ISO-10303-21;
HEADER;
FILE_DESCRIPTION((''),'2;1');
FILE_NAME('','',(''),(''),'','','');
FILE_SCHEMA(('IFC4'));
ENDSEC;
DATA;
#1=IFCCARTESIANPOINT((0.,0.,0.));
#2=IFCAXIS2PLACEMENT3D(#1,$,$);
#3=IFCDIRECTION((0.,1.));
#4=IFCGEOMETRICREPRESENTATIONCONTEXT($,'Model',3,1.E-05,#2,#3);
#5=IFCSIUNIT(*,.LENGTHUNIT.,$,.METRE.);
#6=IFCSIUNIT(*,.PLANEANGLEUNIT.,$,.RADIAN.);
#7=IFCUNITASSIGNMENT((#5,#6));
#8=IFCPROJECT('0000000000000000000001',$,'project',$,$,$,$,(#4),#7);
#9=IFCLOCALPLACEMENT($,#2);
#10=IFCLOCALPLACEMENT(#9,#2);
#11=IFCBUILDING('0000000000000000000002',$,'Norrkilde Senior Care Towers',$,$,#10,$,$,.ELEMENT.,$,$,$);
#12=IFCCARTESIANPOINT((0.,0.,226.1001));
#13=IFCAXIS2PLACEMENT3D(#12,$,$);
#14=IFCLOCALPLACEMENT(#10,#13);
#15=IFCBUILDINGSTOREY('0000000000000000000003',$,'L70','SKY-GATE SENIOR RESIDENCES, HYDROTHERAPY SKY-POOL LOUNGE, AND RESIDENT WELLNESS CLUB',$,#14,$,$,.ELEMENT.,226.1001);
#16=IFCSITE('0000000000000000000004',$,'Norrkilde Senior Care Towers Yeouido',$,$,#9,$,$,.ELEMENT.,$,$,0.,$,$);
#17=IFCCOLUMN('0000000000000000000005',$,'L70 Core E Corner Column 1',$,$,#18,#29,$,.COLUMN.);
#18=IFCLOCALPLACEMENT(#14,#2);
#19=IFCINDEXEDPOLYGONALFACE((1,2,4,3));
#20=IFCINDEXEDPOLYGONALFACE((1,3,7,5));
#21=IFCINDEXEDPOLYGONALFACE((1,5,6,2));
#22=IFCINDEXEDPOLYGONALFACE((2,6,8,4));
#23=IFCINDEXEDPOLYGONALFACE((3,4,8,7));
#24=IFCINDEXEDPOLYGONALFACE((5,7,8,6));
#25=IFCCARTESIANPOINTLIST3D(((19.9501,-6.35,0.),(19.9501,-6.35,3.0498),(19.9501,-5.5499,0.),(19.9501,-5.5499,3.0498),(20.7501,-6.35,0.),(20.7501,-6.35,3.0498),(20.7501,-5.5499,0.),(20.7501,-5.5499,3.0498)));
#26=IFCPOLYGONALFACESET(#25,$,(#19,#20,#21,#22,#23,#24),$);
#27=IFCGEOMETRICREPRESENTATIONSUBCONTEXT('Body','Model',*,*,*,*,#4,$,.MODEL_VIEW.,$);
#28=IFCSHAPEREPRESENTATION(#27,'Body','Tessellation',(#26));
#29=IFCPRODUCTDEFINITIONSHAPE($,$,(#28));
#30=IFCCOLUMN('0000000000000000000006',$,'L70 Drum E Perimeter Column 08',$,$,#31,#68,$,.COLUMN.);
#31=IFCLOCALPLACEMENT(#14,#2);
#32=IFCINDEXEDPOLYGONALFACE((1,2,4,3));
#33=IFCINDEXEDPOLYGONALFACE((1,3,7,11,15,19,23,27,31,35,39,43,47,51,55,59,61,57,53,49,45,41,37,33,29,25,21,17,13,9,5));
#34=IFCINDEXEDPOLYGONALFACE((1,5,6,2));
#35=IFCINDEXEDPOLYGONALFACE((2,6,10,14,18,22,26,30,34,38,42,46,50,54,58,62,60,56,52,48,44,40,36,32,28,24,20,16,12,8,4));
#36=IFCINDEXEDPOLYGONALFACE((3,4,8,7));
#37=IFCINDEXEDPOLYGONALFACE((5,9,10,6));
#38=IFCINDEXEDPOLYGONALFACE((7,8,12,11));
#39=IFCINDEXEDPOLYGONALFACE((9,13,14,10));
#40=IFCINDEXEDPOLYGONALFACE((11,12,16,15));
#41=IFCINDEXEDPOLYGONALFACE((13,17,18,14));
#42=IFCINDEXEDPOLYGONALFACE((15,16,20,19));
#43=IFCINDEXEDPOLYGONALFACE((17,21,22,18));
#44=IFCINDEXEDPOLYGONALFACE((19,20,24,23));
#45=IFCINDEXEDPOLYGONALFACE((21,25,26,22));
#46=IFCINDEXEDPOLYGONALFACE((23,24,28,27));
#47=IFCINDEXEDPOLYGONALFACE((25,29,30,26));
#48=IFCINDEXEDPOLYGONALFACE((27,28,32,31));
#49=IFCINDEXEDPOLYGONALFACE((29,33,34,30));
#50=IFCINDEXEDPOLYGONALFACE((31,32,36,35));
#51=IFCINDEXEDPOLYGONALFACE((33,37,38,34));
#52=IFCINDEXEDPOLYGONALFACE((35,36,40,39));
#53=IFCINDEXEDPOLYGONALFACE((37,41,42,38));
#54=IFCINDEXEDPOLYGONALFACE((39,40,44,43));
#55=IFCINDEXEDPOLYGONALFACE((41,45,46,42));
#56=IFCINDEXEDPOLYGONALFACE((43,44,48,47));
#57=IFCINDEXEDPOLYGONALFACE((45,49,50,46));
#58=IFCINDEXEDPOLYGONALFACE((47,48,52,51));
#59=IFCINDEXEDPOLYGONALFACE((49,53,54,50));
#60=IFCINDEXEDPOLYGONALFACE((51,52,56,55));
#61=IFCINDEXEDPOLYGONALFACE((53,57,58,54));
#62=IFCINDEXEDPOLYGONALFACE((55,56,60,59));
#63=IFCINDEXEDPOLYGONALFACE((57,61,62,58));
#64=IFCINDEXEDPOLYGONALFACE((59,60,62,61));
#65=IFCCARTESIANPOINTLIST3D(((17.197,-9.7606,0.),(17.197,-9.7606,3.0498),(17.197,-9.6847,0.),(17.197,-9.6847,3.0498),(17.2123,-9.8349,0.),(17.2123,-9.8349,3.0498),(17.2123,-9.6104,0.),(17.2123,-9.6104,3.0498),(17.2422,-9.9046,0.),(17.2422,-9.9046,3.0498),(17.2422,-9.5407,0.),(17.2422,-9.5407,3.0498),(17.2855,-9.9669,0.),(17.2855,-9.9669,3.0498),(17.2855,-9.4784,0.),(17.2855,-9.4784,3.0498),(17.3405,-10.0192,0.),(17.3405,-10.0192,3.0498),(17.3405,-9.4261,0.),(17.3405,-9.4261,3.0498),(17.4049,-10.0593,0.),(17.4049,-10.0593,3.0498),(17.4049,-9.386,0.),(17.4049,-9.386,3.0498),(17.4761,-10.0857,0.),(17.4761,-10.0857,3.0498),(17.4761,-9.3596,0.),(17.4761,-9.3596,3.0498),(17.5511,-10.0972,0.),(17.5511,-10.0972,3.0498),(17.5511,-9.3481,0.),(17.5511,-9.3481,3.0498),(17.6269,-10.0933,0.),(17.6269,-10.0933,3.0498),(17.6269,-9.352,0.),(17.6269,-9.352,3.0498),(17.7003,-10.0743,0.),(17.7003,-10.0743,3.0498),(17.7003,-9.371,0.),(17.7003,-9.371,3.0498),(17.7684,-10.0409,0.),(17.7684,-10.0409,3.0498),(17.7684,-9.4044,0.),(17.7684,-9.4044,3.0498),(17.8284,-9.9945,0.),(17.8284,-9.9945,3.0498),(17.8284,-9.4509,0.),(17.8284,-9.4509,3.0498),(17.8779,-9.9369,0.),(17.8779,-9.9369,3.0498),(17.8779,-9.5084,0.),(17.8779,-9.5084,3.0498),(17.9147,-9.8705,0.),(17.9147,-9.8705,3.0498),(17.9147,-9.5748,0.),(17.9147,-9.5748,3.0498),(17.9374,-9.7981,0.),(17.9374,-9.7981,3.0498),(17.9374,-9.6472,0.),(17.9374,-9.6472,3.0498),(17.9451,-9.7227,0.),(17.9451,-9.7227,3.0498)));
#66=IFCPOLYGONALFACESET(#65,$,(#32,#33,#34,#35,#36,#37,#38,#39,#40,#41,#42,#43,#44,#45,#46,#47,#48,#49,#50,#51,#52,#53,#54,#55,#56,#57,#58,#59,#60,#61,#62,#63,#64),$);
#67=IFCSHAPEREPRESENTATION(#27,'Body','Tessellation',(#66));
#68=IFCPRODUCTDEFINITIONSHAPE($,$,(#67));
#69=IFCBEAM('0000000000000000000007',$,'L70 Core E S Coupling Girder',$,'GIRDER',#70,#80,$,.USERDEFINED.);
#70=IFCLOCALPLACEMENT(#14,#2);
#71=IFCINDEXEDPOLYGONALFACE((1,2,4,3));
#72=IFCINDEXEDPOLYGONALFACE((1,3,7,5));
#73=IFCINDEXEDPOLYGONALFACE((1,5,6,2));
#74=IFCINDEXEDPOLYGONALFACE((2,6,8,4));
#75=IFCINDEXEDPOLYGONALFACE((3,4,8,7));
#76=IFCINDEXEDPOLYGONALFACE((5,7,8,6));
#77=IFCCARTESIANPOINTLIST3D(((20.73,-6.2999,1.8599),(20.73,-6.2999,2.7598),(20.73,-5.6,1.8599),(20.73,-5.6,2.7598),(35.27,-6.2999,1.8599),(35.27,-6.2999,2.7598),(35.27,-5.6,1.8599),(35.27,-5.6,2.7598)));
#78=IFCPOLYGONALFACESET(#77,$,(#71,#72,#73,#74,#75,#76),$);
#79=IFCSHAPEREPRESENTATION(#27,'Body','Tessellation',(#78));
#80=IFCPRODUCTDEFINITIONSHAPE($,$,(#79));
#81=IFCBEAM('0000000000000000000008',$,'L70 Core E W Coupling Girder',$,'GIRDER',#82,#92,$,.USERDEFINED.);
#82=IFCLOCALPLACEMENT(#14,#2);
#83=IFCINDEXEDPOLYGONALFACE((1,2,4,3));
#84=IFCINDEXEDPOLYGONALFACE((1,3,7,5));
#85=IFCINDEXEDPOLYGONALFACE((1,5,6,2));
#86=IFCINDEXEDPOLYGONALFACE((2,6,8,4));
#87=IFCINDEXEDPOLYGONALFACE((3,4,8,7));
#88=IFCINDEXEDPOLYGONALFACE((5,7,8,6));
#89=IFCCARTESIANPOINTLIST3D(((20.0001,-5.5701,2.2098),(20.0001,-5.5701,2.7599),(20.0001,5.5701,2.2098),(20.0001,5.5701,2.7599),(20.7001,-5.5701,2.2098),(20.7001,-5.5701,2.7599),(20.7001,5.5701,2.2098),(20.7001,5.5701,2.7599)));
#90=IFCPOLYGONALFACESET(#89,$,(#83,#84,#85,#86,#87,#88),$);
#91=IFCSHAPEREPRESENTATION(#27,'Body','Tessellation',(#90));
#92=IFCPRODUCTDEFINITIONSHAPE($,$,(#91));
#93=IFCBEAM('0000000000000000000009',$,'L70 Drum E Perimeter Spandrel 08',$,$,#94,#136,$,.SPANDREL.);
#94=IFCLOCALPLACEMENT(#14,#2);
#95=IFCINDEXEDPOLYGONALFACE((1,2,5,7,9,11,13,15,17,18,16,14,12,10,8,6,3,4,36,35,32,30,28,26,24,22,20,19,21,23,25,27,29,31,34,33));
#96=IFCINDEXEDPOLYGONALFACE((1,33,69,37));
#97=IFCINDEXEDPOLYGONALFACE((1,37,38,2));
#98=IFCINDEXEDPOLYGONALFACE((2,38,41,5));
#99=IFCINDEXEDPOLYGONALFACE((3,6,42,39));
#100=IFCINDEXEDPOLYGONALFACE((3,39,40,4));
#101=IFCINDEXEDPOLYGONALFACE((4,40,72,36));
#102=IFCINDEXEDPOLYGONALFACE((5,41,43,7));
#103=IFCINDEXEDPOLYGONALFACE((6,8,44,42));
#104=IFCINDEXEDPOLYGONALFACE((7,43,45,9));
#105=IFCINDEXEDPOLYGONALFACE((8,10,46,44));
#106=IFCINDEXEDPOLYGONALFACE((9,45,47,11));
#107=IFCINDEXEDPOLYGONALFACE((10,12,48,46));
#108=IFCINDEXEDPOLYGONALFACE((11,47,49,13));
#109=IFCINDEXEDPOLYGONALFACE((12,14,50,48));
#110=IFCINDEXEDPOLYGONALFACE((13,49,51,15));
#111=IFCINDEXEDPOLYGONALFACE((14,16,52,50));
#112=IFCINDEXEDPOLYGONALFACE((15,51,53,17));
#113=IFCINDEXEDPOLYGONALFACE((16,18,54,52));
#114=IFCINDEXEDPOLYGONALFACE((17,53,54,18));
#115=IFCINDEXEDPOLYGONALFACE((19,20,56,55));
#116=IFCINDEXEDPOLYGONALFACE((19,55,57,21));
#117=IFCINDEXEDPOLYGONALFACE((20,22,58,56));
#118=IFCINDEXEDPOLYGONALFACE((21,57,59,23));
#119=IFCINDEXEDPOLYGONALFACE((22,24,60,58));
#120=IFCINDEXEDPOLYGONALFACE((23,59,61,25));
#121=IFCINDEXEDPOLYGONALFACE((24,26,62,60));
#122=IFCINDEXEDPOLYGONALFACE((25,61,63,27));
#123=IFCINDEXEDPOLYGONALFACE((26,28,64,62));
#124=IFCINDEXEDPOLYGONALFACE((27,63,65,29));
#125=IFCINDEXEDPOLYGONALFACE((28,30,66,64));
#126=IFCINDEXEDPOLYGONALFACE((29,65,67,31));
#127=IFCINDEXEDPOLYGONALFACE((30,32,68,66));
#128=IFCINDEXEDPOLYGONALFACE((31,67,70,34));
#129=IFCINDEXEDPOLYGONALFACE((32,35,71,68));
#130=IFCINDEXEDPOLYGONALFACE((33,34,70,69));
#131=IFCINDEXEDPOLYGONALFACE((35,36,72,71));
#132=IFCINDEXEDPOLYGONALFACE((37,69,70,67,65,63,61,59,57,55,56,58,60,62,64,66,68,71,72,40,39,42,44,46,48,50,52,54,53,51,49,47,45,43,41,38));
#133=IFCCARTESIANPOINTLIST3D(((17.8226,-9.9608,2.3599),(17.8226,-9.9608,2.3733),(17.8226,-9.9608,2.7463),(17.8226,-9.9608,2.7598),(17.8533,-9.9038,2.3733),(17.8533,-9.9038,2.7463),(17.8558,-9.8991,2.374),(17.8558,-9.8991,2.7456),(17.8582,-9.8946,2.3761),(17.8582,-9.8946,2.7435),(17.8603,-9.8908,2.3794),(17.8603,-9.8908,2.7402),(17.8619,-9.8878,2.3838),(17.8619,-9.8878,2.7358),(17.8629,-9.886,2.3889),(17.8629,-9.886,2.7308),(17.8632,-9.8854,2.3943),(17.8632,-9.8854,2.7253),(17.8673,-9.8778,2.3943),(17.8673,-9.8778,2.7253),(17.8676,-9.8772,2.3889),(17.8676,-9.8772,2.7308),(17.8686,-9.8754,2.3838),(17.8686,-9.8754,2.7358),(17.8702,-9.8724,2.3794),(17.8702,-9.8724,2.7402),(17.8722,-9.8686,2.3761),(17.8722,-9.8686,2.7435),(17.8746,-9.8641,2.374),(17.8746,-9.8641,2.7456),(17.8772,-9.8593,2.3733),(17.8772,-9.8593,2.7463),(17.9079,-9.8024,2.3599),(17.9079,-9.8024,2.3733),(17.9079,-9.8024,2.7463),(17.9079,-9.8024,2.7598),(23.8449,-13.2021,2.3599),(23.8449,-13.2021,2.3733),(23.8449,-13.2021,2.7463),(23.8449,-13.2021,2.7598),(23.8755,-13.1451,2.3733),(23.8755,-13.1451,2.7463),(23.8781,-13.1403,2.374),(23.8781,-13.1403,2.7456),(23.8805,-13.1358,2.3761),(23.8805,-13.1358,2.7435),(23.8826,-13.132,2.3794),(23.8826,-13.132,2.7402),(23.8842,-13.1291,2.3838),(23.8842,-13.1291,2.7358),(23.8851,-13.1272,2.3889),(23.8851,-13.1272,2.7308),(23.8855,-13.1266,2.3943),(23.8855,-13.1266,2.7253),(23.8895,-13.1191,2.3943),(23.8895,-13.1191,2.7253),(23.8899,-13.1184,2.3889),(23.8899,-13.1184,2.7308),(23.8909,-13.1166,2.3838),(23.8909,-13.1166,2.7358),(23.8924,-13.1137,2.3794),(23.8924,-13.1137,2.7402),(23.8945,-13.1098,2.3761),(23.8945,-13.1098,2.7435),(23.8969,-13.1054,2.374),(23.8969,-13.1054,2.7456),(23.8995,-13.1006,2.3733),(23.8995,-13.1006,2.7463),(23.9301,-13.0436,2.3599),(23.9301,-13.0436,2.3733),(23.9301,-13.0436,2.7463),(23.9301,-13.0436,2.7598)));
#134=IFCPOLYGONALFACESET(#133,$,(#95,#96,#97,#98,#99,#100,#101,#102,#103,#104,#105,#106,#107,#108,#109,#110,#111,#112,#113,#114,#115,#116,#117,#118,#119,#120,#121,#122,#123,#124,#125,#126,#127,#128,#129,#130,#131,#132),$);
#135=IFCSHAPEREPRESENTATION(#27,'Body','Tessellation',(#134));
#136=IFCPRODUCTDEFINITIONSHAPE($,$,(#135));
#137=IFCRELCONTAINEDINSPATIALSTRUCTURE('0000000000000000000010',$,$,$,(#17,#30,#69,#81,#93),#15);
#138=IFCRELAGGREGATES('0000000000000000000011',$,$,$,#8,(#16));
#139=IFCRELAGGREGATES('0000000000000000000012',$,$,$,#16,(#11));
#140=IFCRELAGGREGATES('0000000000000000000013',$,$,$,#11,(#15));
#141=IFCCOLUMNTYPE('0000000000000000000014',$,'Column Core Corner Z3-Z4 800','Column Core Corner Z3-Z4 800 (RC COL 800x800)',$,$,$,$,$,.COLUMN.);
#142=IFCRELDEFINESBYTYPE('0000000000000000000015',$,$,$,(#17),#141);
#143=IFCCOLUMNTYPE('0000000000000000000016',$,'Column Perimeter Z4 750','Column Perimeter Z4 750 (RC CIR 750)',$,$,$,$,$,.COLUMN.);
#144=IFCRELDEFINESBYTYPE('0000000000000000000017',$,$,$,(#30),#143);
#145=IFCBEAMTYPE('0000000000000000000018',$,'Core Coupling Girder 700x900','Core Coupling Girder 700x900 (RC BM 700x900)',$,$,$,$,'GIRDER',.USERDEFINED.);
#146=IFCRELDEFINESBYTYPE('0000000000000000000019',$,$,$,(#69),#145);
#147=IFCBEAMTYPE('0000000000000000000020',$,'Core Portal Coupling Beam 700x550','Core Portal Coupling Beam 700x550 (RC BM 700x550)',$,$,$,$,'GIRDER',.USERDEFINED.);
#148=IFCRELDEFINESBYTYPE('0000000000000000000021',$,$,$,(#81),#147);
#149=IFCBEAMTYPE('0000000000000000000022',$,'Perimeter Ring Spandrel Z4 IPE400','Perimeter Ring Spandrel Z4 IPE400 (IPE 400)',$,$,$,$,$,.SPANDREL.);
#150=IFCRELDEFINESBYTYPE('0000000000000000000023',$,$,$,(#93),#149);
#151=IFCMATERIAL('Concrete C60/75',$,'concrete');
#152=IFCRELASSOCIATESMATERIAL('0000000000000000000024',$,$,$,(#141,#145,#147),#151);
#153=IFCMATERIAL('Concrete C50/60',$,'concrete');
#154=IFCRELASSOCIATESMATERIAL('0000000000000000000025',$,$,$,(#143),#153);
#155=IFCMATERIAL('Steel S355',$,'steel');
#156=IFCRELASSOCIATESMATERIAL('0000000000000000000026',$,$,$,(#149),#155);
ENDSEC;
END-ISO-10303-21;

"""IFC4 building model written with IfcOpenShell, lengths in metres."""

from ifc_helpers import new_model, si_unit, direction, frame, origin, origin_2d, place, context, subcontext, project, spatial, rectangle, circle, i_section, extrude, source, transform, mapped, material, material_profile, profile_set, type_object, type_shapes, element, save


model = new_model("IFC4")

# Units and contexts
model_context = context("Model", 3, precision=1e-05, world=origin(), true_north=direction((0.0, 1.0)))
body_context = subcontext(model_context, "Body", "Model", "MODEL_VIEW")
ifc_project = project(units=[si_unit("LENGTHUNIT", "METRE"), si_unit("PLANEANGLEUNIT", "RADIAN")], contexts=[model_context])

# Site, building, storey
site_placement = place(None, origin())
site = spatial("IfcSite", under=ifc_project, at=site_placement, Name="Norrkilde Senior Care Towers Yeouido", CompositionType="ELEMENT", RefElevation=0.0)
building_placement = place(site_placement, origin())
building = spatial("IfcBuilding", under=site, at=building_placement, Name="Norrkilde Senior Care Towers", CompositionType="ELEMENT")
storey_placement = place(building_placement, frame((0.0, 0.0, 226.1001)))
storey = spatial("IfcBuildingStorey", under=building, at=storey_placement, Name="L70", Description="SKY-GATE SENIOR RESIDENCES, HYDROTHERAPY SKY-POOL LOUNGE, AND RESIDENT WELLNESS CLUB", CompositionType="ELEMENT", Elevation=226.1001)

# Columns
ifc_material_1 = material(Name="Concrete C60/75", Category="concrete")
ifc_material_profile_1 = material_profile(ifc_material_1, rectangle(XDim=0.8, YDim=0.8, at=origin_2d()), Name="RC COL 800x800")
ifc_profile_set_1 = profile_set([ifc_material_profile_1], Name="Concrete C60/75")
column_type_1 = type_object("IfcColumnType", Name="Column Core Corner Z3-Z4 800", Description="Column Core Corner Z3-Z4 800 (RC COL 800x800)", PredefinedType="COLUMN", material=ifc_profile_set_1)
shared_shape_1 = source(origin(), body_context, "Body", "SweptSolid", [
    extrude(rectangle(XDim=0.8, YDim=0.8, at=origin_2d()), origin(), (0.0, 0.0, 1.0), 3.0498),
])
type_shapes(column_type_1, [shared_shape_1])
column_1_placement = place(storey_placement, frame((20.3501, -5.95, 0.0), z_axis=(0.0, 0.0, 1.0), x_axis=(1.0, 0.0, 0.0)))
element("IfcColumn", 1, at=column_1_placement, inside=storey, type_object=column_type_1, Name="L70 Core E Corner Column 1", PredefinedType="COLUMN", context=body_context, shape_type="MappedRepresentation", body=[
    mapped(shared_shape_1, transform((0.0, 0.0, 0.0), x_axis=(1.0, 0.0, 0.0), y_axis=(0.0, 1.0, 0.0), z_axis=(0.0, 0.0, 1.0), scale=1.0)),
])
ifc_material_2 = material(Name="Concrete C50/60", Category="concrete")
ifc_material_profile_2 = material_profile(ifc_material_2, circle(Radius=0.375, at=origin_2d()), Name="RC CIR 750")
ifc_profile_set_2 = profile_set([ifc_material_profile_2], Name="Concrete C50/60")
column_type_2 = type_object("IfcColumnType", Name="Column Perimeter Z4 750", Description="Column Perimeter Z4 750 (RC CIR 750)", PredefinedType="COLUMN", material=ifc_profile_set_2)
shared_shape_2 = source(origin(), body_context, "Body", "SweptSolid", [
    extrude(circle(Radius=0.375, at=origin_2d()), origin(), (0.0, 0.0, 1.0), 3.0498),
])
type_shapes(column_type_2, [shared_shape_2])
column_2_placement = place(storey_placement, frame((17.5701, -9.7227, 0.0), z_axis=(0.0, 0.0, 1.0), x_axis=(1.0, 0.0, 0.0)))
element("IfcColumn", 2, at=column_2_placement, inside=storey, type_object=column_type_2, Name="L70 Drum E Perimeter Column 08", PredefinedType="COLUMN", context=body_context, shape_type="MappedRepresentation", body=[
    mapped(shared_shape_2, transform((0.0, 0.0, 0.0), x_axis=(1.0, 0.0, 0.0), y_axis=(0.0, 1.0, 0.0), z_axis=(0.0, 0.0, 1.0), scale=1.0)),
])

# Beams
ifc_material_profile_3 = material_profile(ifc_material_1, rectangle(XDim=0.7, YDim=0.8999, at=origin_2d()), Name="RC BM 700x900")
ifc_profile_set_3 = profile_set([ifc_material_profile_3], Name="Concrete C60/75")
beam_type_1 = type_object("IfcBeamType", Name="Core Coupling Girder 700x900", Description="Core Coupling Girder 700x900 (RC BM 700x900)", ElementType="GIRDER", PredefinedType="USERDEFINED", material=ifc_profile_set_3)
shared_shape_3 = source(origin(), body_context, "Body", "SweptSolid", [
    extrude(rectangle(XDim=0.7, YDim=0.8999, at=origin_2d()), origin(), (0.0, 0.0, 1.0), 14.54),
])
type_shapes(beam_type_1, [shared_shape_3])
beam_1_placement = place(storey_placement, frame((20.73, -5.95, 2.3098), z_axis=(1.0, 0.0, 0.0), x_axis=(0.0, 1.0, 0.0)))
element("IfcBeam", 3, at=beam_1_placement, inside=storey, type_object=beam_type_1, Name="L70 Core E S Coupling Girder", ObjectType="GIRDER", PredefinedType="USERDEFINED", context=body_context, shape_type="MappedRepresentation", body=[
    mapped(shared_shape_3, transform((0.0, 0.0, 0.0), x_axis=(1.0, 0.0, 0.0), y_axis=(0.0, 1.0, 0.0), z_axis=(0.0, 0.0, 1.0), scale=1.0)),
])
ifc_material_profile_4 = material_profile(ifc_material_1, rectangle(XDim=0.7, YDim=0.55, at=origin_2d()), Name="RC BM 700x550")
ifc_profile_set_4 = profile_set([ifc_material_profile_4], Name="Concrete C60/75")
beam_type_2 = type_object("IfcBeamType", Name="Core Portal Coupling Beam 700x550", Description="Core Portal Coupling Beam 700x550 (RC BM 700x550)", ElementType="GIRDER", PredefinedType="USERDEFINED", material=ifc_profile_set_4)
shared_shape_4 = source(origin(), body_context, "Body", "SweptSolid", [
    extrude(rectangle(XDim=0.7, YDim=0.55, at=origin_2d()), origin(), (0.0, 0.0, 1.0), 11.1401),
])
type_shapes(beam_type_2, [shared_shape_4])
beam_2_placement = place(storey_placement, frame((20.3501, -5.5701, 2.4849), z_axis=(0.0, 1.0, 0.0), x_axis=(-1.0, 0.0, 0.0)))
element("IfcBeam", 4, at=beam_2_placement, inside=storey, type_object=beam_type_2, Name="L70 Core E W Coupling Girder", ObjectType="GIRDER", PredefinedType="USERDEFINED", context=body_context, shape_type="MappedRepresentation", body=[
    mapped(shared_shape_4, transform((0.0, 0.0, 0.0), x_axis=(1.0, 0.0, 0.0), y_axis=(0.0, 1.0, 0.0), z_axis=(0.0, 0.0, 1.0), scale=1.0)),
])
ifc_material_3 = material(Name="Steel S355", Category="steel")
ifc_material_profile_5 = material_profile(ifc_material_3, i_section(OverallWidth=0.1799, OverallDepth=0.3999, WebThickness=0.0085, FlangeThickness=0.0134, FilletRadius=0.021, at=origin_2d()), Name="IPE 400")
ifc_profile_set_5 = profile_set([ifc_material_profile_5], Name="Steel S355")
beam_type_3 = type_object("IfcBeamType", Name="Perimeter Ring Spandrel Z4 IPE400", Description="Perimeter Ring Spandrel Z4 IPE400 (IPE 400)", PredefinedType="SPANDREL", material=ifc_profile_set_5)
shared_shape_5 = source(origin(), body_context, "Body", "SweptSolid", [
    extrude(i_section(OverallWidth=0.1799, OverallDepth=0.3999, WebThickness=0.0085, FlangeThickness=0.0134, FilletRadius=0.021, at=origin_2d()), origin(), (0.0, 0.0, 1.0), 6.8391),
])
type_shapes(beam_type_3, [shared_shape_5])
beam_3_placement = place(storey_placement, frame((17.8652, -9.8816, 2.5598), z_axis=(0.880564, -0.473927, 0.0), x_axis=(0.473927, 0.880564, 0.0)))
element("IfcBeam", 5, at=beam_3_placement, inside=storey, type_object=beam_type_3, Name="L70 Drum E Perimeter Spandrel 08", PredefinedType="SPANDREL", context=body_context, shape_type="MappedRepresentation", body=[
    mapped(shared_shape_5, transform((0.0, 0.0, 0.0), x_axis=(1.0, 0.0, 0.0), y_axis=(0.0, 1.0, 0.0), z_axis=(0.0, 0.0, 1.0), scale=1.0)),
])

save(model, "model.ifc")
